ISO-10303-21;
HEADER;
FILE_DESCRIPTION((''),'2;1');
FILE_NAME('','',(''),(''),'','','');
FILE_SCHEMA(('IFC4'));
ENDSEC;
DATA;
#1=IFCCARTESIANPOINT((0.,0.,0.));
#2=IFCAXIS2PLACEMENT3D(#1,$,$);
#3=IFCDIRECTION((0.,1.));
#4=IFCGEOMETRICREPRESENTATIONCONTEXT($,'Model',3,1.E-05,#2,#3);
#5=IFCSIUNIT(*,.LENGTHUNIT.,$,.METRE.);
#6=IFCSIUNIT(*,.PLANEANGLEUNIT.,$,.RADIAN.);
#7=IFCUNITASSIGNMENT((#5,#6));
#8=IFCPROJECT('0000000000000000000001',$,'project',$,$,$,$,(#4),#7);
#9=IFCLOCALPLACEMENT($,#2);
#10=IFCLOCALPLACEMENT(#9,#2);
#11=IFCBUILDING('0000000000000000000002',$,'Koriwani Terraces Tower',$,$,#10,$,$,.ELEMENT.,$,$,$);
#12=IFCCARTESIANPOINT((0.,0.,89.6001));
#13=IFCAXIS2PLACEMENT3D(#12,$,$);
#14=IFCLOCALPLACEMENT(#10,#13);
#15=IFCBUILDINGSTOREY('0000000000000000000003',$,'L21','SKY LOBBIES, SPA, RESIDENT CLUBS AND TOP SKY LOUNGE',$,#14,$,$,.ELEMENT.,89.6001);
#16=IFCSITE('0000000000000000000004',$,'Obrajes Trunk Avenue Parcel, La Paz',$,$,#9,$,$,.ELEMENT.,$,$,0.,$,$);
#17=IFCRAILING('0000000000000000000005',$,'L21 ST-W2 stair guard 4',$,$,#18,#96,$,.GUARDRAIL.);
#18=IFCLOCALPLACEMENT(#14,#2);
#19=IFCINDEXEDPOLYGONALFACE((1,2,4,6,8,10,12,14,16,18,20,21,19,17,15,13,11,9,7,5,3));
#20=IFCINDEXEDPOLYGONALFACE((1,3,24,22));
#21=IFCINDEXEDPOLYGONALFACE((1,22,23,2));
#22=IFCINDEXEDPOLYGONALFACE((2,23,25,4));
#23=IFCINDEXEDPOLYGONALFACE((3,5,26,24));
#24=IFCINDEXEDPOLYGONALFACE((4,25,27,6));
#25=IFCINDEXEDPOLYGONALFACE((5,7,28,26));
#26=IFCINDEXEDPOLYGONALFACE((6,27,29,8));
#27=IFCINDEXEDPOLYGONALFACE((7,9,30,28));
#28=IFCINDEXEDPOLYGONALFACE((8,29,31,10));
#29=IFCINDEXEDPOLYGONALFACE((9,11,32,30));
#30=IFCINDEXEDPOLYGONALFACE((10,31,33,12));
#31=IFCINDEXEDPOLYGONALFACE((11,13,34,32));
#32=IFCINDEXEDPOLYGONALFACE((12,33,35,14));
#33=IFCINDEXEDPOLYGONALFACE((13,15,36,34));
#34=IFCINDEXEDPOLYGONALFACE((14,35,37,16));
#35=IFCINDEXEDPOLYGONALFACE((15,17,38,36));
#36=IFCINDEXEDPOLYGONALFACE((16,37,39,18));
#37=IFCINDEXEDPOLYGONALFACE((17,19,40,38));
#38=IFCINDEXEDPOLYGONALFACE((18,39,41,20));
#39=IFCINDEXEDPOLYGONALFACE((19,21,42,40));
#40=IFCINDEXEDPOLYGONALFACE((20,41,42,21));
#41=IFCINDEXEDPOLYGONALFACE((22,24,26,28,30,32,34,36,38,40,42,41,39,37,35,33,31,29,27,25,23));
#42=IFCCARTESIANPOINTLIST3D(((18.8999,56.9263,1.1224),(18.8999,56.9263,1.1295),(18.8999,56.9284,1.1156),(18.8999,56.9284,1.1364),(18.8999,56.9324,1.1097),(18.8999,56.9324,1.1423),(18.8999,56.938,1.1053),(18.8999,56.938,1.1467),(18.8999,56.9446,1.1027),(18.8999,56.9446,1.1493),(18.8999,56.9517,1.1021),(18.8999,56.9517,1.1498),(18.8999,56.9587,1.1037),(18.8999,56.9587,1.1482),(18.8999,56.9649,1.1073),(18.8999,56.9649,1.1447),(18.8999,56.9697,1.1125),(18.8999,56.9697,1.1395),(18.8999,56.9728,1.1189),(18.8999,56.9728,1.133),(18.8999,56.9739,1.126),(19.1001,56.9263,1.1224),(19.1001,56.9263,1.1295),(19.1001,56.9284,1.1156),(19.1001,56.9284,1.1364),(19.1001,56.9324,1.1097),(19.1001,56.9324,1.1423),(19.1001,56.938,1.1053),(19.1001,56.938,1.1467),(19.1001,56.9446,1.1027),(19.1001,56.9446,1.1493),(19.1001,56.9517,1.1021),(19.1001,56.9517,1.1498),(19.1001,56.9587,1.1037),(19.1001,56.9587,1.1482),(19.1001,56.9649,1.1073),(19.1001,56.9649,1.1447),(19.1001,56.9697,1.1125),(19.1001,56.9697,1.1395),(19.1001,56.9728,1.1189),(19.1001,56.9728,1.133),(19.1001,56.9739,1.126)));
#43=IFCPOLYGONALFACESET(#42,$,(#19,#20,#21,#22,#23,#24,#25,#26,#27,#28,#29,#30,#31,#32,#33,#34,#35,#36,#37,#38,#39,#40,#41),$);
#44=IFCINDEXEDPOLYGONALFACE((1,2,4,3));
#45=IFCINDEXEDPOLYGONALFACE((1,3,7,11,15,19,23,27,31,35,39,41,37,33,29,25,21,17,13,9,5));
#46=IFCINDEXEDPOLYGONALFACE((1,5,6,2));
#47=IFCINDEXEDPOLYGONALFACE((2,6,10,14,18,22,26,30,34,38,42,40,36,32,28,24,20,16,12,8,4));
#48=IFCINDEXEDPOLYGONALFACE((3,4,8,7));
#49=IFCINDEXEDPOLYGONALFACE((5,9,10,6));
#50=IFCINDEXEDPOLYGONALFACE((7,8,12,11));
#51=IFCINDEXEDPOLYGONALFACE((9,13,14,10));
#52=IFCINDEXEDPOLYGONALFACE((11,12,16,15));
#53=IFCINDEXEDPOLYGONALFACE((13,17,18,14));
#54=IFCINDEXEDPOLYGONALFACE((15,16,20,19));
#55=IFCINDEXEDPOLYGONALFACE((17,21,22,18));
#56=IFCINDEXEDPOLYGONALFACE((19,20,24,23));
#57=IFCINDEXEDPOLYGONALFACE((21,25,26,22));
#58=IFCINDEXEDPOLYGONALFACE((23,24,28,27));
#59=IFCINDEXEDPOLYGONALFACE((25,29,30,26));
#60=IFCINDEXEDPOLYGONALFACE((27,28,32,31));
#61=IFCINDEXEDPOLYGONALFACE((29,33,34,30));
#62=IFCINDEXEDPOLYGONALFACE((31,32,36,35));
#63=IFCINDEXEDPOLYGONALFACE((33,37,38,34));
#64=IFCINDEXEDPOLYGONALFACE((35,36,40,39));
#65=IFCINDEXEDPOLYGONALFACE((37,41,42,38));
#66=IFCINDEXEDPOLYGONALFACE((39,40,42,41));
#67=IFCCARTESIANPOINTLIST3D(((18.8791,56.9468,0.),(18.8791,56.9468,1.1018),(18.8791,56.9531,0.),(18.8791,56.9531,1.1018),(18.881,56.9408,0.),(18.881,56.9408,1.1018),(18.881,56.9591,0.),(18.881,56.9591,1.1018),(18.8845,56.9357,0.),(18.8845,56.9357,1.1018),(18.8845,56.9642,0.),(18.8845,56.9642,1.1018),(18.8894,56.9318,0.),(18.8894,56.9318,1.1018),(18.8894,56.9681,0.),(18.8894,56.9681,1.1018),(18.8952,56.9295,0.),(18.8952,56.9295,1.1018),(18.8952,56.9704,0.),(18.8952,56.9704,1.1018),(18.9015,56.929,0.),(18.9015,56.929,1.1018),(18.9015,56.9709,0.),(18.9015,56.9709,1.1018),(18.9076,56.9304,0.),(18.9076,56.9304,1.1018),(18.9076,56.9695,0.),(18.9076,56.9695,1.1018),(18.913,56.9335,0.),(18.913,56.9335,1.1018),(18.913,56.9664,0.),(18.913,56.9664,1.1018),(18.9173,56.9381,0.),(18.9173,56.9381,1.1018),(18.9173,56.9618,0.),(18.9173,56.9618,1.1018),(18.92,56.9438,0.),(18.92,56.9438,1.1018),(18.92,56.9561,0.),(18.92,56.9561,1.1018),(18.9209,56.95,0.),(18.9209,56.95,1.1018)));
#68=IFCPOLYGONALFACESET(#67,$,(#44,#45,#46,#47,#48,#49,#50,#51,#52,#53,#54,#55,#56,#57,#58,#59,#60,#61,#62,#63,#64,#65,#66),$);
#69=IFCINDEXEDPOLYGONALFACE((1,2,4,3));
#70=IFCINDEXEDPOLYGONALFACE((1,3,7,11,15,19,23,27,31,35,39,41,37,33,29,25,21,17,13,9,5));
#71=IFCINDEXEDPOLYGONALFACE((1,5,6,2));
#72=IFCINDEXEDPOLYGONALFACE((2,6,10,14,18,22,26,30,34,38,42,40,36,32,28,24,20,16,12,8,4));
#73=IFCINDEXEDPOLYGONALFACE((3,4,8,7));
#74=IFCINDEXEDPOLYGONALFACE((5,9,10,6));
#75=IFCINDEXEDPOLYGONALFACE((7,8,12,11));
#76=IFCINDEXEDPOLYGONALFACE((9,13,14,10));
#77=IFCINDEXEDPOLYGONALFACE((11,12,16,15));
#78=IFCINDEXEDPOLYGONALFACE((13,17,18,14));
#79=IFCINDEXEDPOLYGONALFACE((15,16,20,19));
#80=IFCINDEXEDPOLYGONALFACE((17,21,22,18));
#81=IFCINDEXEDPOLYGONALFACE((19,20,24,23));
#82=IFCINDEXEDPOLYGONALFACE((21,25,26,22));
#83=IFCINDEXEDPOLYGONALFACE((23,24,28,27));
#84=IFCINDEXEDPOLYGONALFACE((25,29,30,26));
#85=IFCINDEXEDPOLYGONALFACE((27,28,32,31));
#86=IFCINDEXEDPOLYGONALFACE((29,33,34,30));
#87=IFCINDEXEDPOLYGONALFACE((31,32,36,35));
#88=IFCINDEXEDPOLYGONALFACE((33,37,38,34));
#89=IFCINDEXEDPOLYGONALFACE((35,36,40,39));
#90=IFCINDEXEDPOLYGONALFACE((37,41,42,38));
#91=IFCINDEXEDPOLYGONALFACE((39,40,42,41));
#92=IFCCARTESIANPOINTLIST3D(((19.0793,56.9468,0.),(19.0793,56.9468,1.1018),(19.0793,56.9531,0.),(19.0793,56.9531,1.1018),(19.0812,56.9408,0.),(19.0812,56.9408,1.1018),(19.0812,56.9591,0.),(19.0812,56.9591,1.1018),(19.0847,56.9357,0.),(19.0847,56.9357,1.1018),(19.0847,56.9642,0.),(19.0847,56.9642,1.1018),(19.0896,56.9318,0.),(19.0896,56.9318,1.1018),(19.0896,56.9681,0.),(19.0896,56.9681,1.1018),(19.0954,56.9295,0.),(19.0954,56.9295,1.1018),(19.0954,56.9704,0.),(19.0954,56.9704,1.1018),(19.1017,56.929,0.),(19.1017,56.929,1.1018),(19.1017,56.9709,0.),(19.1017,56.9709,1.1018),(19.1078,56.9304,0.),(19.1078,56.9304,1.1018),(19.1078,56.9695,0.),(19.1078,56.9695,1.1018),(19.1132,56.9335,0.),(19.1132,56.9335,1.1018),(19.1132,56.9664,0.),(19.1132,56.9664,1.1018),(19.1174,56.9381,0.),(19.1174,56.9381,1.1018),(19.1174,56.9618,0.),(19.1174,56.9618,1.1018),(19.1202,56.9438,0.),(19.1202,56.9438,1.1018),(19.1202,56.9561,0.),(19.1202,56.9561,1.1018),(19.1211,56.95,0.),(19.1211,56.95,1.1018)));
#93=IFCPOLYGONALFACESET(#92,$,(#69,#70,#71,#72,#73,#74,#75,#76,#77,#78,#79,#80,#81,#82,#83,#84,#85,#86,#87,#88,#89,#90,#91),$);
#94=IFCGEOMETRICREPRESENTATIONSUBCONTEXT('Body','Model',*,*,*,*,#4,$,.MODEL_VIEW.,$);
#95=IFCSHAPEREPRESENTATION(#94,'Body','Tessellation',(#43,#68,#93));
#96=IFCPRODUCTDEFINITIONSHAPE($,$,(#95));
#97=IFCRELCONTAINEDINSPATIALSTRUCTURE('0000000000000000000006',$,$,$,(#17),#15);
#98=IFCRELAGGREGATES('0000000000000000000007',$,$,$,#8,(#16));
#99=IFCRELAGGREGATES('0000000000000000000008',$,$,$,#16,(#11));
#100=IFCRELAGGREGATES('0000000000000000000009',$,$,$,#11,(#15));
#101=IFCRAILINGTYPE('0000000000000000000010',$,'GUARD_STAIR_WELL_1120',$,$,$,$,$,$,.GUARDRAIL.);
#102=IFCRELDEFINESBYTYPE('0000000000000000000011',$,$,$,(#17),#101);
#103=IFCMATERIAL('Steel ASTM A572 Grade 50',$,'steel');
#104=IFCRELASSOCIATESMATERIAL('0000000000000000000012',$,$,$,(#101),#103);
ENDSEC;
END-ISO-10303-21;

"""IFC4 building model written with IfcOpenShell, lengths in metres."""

from ifc_helpers import new_model, si_unit, direction, frame, origin, origin_2d, place, context, subcontext, project, spatial, circle, extrude, material, type_object, element, save


model = new_model("IFC4")

# Units and contexts
model_context = context("Model", 3, precision=1e-05, world=origin(), true_north=direction((0.0, 1.0)))
body_context = subcontext(model_context, "Body", "Model", "MODEL_VIEW")
ifc_project = project(units=[si_unit("LENGTHUNIT", "METRE"), si_unit("PLANEANGLEUNIT", "RADIAN")], contexts=[model_context])

# Site, building, storey
site_placement = place(None, origin())
site = spatial("IfcSite", under=ifc_project, at=site_placement, Name="Obrajes Trunk Avenue Parcel, La Paz", CompositionType="ELEMENT", RefElevation=0.0)
building_placement = place(site_placement, origin())
building = spatial("IfcBuilding", under=site, at=building_placement, Name="Koriwani Terraces Tower", CompositionType="ELEMENT")
storey_placement = place(building_placement, frame((0.0, 0.0, 89.6001)))
storey = spatial("IfcBuildingStorey", under=building, at=storey_placement, Name="L21", Description="SKY LOBBIES, SPA, RESIDENT CLUBS AND TOP SKY LOUNGE", CompositionType="ELEMENT", Elevation=89.6001)

# Shared definitions
ifc_material_1 = material(Name="Steel ASTM A572 Grade 50", Category="steel")

# Railing
railing_type_1 = type_object("IfcRailingType", Name="GUARD_STAIR_WELL_1120", PredefinedType="GUARDRAIL", material=ifc_material_1)
railing_1_placement = place(storey_placement, frame((18.8999, 56.95, 0.0)))
element("IfcRailing", 1, at=railing_1_placement, inside=storey, type_object=railing_type_1, Name="L21 ST-W2 stair guard 4", PredefinedType="GUARDRAIL", context=body_context, shape_type="SweptSolid", body=[
    extrude(circle(Radius=0.0239, at=origin_2d()), frame((0.0, 0.0, 1.126), z_axis=(1.0, 0.0, 0.0), x_axis=(0.0, 1.0, 0.0)), (0.0, 0.0, 1.0), 0.2002),
    extrude(circle(Radius=0.021, at=origin_2d()), origin(), (0.0, 0.0, 1.0), 1.1018),
    extrude(circle(Radius=0.021, at=origin_2d()), frame((0.2002, 0.0, 0.0)), (0.0, 0.0, 1.0), 1.1018),
])

save(model, "model.ifc")
